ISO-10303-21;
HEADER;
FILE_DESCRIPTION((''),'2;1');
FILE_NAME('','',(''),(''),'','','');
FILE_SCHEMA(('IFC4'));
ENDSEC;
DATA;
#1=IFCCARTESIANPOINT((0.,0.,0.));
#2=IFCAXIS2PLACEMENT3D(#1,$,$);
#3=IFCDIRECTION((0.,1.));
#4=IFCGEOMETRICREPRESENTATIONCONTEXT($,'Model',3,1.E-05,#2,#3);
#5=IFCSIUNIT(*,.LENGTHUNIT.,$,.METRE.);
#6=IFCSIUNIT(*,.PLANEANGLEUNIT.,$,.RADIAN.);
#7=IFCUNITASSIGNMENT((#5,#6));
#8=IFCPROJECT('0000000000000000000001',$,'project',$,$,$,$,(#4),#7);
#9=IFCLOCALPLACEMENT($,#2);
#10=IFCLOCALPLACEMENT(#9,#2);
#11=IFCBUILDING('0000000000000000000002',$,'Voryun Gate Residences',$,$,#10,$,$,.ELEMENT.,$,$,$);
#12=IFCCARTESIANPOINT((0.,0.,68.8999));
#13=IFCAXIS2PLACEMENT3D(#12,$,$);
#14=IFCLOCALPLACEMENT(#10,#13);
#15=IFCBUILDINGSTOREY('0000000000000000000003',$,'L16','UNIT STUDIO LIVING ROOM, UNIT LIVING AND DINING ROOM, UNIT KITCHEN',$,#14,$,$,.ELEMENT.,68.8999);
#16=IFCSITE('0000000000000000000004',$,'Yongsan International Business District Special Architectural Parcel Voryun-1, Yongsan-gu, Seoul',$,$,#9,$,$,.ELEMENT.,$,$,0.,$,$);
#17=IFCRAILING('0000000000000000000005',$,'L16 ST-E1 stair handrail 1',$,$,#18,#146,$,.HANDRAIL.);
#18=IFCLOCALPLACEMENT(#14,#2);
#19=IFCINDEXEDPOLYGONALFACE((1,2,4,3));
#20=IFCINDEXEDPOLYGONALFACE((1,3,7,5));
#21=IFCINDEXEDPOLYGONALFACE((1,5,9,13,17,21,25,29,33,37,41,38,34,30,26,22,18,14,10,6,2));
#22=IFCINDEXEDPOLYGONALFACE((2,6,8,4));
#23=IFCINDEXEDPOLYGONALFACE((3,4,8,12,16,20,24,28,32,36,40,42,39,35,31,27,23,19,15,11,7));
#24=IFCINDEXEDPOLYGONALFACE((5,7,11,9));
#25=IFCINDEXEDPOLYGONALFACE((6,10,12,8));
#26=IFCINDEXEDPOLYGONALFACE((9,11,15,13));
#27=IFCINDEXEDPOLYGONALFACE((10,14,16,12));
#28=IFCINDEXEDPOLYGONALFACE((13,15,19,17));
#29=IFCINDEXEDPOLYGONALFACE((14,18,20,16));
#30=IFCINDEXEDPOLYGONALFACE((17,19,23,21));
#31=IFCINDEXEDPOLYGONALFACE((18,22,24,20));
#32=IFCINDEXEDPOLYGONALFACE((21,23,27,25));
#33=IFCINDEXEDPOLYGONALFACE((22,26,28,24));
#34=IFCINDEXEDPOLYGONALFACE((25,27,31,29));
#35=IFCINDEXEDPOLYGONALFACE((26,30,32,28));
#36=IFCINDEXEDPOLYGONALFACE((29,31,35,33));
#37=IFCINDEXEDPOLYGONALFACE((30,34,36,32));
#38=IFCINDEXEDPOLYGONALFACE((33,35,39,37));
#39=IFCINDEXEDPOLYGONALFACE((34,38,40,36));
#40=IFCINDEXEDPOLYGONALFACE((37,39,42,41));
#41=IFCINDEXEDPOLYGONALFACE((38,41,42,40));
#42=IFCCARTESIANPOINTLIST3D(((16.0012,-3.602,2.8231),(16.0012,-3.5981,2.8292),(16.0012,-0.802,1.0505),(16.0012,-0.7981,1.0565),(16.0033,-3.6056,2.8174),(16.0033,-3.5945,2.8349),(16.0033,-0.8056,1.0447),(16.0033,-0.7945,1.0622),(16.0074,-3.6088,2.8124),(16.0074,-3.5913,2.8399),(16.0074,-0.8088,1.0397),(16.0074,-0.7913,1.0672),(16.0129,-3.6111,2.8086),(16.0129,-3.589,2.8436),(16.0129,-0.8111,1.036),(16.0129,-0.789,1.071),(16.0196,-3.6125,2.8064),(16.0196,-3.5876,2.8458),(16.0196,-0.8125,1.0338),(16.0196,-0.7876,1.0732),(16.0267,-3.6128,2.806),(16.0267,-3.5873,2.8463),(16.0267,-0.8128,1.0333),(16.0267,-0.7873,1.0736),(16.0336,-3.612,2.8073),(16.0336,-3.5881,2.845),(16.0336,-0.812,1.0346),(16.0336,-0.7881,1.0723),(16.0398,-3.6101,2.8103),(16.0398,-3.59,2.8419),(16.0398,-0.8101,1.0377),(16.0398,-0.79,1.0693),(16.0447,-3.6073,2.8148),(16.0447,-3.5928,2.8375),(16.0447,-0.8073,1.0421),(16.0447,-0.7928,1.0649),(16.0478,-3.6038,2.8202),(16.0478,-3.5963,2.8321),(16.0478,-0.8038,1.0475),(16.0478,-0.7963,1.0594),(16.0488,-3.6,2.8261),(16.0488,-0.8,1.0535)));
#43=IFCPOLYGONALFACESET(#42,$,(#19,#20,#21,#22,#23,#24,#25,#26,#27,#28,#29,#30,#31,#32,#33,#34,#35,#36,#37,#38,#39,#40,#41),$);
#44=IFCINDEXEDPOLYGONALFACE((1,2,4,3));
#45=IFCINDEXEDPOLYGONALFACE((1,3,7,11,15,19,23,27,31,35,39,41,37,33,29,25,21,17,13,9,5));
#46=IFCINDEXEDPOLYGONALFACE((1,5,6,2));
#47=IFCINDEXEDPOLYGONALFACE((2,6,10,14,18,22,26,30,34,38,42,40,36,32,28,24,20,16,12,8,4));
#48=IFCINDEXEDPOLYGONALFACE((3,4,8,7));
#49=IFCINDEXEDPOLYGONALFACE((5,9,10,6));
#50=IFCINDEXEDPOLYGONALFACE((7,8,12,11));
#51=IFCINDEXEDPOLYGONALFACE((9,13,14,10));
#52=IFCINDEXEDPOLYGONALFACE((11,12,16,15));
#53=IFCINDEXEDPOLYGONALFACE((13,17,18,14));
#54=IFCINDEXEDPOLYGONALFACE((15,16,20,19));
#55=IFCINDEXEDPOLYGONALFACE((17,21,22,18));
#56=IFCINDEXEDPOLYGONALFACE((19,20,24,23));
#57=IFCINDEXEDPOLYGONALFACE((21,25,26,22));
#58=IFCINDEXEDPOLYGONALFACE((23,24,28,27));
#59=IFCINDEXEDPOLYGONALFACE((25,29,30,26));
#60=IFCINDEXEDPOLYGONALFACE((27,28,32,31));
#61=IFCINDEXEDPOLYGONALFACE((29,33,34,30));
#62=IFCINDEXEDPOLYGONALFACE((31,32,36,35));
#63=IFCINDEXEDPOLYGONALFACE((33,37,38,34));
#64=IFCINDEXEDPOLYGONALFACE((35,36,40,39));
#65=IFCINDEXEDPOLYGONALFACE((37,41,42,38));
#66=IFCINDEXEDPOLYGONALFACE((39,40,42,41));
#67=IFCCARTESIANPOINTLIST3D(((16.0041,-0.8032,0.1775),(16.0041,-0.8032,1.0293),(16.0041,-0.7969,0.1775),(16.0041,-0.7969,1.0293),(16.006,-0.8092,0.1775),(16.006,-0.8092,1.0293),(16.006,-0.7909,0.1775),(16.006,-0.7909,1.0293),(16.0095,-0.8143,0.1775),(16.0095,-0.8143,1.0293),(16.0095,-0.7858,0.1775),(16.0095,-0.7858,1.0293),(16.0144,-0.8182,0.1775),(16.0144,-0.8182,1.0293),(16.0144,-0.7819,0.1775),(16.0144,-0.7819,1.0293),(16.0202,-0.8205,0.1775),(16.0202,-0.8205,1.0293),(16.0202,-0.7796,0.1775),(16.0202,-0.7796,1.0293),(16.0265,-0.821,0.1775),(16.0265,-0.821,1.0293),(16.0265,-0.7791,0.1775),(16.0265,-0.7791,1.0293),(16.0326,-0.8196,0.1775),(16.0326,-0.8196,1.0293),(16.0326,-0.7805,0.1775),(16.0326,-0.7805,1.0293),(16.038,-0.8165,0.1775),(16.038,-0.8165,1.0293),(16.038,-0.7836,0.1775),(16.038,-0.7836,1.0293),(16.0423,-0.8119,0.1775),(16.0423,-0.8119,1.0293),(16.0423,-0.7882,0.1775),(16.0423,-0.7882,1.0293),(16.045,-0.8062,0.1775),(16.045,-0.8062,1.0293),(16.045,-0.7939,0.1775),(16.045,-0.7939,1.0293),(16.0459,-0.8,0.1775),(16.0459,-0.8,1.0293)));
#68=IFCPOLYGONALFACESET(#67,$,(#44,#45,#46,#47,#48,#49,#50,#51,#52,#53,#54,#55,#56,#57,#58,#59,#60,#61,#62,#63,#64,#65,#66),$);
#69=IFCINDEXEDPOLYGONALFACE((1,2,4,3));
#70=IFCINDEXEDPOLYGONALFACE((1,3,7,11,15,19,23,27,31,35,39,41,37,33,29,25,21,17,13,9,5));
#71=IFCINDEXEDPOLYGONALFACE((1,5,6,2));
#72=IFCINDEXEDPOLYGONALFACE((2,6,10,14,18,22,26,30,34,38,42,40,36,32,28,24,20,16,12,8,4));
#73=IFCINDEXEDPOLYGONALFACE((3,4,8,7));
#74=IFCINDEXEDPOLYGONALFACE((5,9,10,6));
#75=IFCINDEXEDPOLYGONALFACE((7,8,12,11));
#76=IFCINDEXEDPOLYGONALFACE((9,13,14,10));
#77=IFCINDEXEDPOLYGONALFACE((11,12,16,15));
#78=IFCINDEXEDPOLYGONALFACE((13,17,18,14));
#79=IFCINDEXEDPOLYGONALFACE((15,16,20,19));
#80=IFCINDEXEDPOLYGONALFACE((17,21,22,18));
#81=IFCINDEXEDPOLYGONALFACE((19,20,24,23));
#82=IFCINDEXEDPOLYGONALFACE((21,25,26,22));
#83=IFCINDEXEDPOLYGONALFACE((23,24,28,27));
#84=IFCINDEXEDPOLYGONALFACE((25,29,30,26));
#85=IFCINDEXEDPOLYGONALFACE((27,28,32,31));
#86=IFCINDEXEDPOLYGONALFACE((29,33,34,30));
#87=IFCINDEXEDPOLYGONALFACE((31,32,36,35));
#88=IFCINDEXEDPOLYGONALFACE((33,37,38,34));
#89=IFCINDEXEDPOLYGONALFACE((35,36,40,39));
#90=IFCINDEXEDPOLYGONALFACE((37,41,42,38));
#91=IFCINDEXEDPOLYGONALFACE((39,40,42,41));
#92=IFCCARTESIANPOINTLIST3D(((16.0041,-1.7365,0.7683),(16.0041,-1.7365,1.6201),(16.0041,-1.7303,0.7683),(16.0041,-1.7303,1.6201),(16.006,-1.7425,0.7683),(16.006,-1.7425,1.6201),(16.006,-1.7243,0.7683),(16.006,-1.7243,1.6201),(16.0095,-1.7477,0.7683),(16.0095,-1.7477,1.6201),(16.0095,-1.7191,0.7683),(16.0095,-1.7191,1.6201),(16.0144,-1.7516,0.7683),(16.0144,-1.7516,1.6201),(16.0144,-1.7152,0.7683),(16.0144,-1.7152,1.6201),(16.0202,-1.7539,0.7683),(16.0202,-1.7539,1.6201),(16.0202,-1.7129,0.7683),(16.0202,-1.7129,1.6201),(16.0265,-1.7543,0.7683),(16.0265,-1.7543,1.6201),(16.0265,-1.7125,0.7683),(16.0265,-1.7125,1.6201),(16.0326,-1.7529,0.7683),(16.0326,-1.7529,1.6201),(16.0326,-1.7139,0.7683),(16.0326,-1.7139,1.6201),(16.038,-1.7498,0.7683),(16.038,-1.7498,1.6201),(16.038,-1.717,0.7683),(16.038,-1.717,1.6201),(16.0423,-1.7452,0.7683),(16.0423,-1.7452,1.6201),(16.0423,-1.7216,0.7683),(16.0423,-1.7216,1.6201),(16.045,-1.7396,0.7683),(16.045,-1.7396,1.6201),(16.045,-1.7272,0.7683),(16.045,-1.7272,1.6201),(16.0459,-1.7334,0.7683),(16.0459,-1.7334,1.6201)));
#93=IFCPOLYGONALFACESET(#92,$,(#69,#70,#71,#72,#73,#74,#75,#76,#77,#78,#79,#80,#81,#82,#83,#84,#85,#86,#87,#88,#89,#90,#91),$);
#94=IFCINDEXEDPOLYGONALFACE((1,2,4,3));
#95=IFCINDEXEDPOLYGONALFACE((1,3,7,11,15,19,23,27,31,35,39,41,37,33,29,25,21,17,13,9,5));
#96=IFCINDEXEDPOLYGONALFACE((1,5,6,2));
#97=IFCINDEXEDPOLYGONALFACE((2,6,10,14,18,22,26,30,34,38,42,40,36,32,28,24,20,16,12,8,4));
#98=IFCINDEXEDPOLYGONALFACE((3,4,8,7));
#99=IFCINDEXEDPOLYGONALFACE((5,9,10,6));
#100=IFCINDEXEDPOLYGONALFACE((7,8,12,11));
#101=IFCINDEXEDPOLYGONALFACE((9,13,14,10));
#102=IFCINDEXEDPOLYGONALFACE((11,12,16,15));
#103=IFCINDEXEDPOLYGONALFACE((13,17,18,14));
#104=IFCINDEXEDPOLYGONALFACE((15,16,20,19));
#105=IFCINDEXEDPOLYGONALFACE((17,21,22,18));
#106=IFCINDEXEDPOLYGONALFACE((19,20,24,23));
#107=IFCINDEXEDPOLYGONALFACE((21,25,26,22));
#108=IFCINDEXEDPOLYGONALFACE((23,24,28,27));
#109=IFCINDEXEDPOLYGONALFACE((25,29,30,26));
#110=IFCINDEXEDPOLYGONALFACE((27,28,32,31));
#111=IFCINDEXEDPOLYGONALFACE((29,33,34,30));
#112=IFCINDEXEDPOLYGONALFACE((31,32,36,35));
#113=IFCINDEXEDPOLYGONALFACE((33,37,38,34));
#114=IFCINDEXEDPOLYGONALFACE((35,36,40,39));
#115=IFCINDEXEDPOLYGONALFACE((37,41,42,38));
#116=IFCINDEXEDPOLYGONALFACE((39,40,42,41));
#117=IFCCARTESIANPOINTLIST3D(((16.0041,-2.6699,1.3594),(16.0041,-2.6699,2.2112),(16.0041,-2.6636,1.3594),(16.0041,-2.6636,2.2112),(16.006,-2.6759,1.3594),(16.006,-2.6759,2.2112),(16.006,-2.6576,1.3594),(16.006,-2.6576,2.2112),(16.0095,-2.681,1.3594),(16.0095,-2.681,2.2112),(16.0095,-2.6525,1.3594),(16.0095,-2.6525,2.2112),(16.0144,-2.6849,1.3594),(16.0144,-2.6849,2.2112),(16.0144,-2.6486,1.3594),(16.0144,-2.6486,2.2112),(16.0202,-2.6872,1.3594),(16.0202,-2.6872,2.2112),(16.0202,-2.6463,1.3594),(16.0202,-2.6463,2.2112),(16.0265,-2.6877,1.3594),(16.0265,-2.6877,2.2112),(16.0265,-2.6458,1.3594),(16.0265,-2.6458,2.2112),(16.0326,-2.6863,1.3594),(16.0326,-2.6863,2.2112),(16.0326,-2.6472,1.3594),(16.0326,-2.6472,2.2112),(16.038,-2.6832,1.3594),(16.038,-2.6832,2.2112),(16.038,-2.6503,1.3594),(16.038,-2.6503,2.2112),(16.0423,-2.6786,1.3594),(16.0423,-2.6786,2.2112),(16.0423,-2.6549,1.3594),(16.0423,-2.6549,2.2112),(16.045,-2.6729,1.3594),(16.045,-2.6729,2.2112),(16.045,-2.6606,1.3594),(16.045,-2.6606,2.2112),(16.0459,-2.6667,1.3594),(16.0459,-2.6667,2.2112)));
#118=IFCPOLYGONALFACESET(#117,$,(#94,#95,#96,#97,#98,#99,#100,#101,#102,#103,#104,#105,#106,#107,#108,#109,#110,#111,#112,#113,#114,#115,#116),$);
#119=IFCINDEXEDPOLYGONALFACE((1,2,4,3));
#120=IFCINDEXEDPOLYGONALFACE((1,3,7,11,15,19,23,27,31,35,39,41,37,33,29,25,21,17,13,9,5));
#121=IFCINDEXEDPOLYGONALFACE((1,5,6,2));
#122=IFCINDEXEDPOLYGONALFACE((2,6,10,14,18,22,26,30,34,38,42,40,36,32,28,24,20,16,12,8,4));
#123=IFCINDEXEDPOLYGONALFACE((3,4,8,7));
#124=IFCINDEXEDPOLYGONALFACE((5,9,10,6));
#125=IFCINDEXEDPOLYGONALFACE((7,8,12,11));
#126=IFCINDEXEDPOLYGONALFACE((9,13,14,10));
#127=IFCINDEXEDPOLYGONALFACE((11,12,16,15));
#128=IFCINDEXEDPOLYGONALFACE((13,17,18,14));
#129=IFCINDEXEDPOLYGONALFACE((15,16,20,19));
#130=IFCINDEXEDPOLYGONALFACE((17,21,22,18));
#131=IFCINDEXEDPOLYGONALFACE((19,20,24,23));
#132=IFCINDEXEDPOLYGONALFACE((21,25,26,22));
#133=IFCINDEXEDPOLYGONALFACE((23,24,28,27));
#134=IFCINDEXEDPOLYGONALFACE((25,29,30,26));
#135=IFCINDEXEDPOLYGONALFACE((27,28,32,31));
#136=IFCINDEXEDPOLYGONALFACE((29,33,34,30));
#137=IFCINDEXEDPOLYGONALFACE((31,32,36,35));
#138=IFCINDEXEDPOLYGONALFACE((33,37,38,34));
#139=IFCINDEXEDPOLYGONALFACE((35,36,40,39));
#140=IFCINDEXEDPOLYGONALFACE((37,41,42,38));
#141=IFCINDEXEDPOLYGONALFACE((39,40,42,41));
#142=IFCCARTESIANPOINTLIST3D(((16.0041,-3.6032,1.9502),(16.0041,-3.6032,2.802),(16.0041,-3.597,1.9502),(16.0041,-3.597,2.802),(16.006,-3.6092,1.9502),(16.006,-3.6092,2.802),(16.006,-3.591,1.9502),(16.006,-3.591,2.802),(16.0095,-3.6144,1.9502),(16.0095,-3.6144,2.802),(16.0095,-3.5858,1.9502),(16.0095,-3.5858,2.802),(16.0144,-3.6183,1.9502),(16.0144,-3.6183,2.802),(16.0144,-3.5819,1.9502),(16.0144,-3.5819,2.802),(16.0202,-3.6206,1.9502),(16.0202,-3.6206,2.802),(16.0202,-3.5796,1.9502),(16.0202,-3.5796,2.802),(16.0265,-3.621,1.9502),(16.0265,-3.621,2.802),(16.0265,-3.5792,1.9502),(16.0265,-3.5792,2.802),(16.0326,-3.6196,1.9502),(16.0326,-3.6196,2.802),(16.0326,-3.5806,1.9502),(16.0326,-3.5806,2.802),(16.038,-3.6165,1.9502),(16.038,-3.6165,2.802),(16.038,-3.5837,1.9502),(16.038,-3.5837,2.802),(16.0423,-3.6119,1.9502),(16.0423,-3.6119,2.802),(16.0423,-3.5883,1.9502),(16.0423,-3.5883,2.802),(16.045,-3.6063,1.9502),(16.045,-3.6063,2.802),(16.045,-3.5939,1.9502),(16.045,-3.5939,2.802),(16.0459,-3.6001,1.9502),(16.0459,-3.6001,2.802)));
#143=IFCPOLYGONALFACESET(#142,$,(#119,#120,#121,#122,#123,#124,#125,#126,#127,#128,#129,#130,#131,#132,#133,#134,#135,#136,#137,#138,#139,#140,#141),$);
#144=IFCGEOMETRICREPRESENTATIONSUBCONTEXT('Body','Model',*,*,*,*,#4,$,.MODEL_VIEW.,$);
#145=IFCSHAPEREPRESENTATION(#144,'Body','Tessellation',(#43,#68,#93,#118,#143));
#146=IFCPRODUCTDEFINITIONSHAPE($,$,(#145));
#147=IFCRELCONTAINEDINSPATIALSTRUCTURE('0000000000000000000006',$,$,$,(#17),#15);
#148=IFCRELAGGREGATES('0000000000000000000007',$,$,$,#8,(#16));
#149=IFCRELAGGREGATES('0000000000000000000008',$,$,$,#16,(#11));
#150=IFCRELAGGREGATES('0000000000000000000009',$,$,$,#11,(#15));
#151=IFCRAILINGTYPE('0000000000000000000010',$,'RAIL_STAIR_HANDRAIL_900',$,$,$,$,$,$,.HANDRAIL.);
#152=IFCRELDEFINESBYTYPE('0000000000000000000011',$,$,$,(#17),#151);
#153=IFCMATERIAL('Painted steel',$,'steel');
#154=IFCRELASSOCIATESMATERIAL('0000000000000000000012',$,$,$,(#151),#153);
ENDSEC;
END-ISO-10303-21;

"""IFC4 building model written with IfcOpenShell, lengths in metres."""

from ifc_helpers import new_model, si_unit, direction, frame, origin, origin_2d, place, context, subcontext, project, spatial, circle, extrude, material, type_object, element, save


model = new_model("IFC4")

# Units and contexts
model_context = context("Model", 3, precision=1e-05, world=origin(), true_north=direction((0.0, 1.0)))
body_context = subcontext(model_context, "Body", "Model", "MODEL_VIEW")
ifc_project = project(units=[si_unit("LENGTHUNIT", "METRE"), si_unit("PLANEANGLEUNIT", "RADIAN")], contexts=[model_context])

# Site, building, storey
site_placement = place(None, origin())
site = spatial("IfcSite", under=ifc_project, at=site_placement, Name="Yongsan International Business District Special Architectural Parcel Voryun-1, Yongsan-gu, Seoul", CompositionType="ELEMENT", RefElevation=0.0)
building_placement = place(site_placement, origin())
building = spatial("IfcBuilding", under=site, at=building_placement, Name="Voryun Gate Residences", CompositionType="ELEMENT")
storey_placement = place(building_placement, frame((0.0, 0.0, 68.8999)))
storey = spatial("IfcBuildingStorey", under=building, at=storey_placement, Name="L16", Description="UNIT STUDIO LIVING ROOM, UNIT LIVING AND DINING ROOM, UNIT KITCHEN", CompositionType="ELEMENT", Elevation=68.8999)

# Railing
ifc_material_1 = material(Name="Painted steel", Category="steel")
railing_type_1 = type_object("IfcRailingType", Name="RAIL_STAIR_HANDRAIL_900", PredefinedType="HANDRAIL", material=ifc_material_1)
railing_1_placement = place(storey_placement, frame((16.0249, -0.8, 0.1775)))
element("IfcRailing", 1, at=railing_1_placement, inside=storey, type_object=railing_type_1, Name="L16 ST-E1 stair handrail 1", PredefinedType="HANDRAIL", context=body_context, shape_type="SweptSolid", body=[
    extrude(circle(Radius=0.0239, at=origin_2d()), frame((0.0, 0.0, 0.876), z_axis=(0.0, -0.844909, 0.53491), x_axis=(1.0, 0.0, 0.0)), (0.0, 0.0, 1.0), 3.314),
    extrude(circle(Radius=0.021, at=origin_2d()), origin(), (0.0, 0.0, 1.0), 0.8518),
    extrude(circle(Radius=0.021, at=origin_2d()), frame((0.0, -0.9333, 0.5908)), (0.0, 0.0, 1.0), 0.8518),
    extrude(circle(Radius=0.021, at=origin_2d()), frame((0.0, -1.8667, 1.1819)), (0.0, 0.0, 1.0), 0.8518),
    extrude(circle(Radius=0.021, at=origin_2d()), frame((0.0, -2.8, 1.7727)), (0.0, 0.0, 1.0), 0.8518),
])

save(model, "model.ifc")
